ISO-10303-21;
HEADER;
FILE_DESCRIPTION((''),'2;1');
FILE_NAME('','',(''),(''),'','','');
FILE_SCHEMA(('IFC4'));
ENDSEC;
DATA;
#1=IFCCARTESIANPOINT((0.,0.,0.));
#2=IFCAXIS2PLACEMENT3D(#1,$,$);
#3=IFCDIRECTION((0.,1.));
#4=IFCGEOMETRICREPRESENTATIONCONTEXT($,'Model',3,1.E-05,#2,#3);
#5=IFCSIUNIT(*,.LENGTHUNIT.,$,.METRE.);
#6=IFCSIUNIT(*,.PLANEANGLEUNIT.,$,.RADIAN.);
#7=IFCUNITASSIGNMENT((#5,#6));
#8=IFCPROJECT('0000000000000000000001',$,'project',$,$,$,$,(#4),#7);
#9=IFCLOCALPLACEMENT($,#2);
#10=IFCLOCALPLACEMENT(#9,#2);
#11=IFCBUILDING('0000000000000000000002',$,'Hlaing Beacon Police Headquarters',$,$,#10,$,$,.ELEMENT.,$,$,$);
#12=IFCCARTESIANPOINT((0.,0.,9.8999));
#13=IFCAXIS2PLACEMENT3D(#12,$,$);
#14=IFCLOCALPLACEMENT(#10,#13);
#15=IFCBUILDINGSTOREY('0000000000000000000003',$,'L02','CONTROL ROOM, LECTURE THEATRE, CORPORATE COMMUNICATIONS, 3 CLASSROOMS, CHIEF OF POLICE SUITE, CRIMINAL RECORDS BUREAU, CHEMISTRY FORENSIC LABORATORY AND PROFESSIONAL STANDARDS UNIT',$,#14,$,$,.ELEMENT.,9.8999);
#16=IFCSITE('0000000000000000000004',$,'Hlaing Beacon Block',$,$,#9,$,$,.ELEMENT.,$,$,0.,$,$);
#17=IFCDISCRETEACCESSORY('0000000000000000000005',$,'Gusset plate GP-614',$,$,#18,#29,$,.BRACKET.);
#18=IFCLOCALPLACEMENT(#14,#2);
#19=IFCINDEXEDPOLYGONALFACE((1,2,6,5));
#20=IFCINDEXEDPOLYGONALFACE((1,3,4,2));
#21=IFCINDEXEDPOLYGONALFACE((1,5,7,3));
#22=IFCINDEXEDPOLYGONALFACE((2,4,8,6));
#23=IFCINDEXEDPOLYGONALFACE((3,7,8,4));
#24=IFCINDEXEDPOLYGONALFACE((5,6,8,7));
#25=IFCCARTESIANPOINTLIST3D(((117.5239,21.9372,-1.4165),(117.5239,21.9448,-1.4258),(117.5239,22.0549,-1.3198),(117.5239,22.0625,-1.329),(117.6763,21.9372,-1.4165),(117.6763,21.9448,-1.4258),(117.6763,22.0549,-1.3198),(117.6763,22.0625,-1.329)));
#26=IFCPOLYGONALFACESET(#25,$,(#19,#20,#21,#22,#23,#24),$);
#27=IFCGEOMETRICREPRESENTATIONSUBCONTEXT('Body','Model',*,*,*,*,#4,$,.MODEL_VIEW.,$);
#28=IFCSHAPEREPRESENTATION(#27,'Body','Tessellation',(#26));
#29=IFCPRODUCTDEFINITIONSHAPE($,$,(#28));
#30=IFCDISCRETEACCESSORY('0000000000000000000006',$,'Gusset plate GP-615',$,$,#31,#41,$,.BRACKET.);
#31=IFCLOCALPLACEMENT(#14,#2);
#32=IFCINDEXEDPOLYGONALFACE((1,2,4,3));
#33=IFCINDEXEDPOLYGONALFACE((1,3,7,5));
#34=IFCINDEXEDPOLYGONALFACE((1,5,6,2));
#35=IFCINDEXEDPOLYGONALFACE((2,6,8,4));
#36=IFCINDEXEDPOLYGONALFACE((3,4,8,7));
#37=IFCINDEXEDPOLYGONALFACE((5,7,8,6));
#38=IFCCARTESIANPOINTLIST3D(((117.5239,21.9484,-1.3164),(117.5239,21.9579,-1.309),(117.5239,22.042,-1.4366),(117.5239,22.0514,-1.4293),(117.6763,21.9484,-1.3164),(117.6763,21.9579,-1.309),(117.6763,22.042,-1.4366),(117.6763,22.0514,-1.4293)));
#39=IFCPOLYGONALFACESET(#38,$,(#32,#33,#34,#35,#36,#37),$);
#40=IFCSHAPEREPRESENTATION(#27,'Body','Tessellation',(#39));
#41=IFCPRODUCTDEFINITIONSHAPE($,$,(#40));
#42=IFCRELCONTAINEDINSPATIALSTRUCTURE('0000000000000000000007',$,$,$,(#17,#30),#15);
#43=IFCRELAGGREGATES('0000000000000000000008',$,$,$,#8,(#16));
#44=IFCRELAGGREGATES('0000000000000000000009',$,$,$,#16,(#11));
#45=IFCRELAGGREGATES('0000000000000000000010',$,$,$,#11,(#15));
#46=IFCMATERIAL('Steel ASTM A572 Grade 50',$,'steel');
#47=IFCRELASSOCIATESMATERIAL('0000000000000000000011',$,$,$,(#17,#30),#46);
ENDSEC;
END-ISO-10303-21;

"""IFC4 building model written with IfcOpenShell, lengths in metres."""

from ifc_helpers import new_model, si_unit, direction, frame, origin, origin_2d, place, context, subcontext, project, spatial, rectangle, extrude, material, element, save


model = new_model("IFC4")

# Units and contexts
model_context = context("Model", 3, precision=1e-05, world=origin(), true_north=direction((0.0, 1.0)))
body_context = subcontext(model_context, "Body", "Model", "MODEL_VIEW")
ifc_project = project(units=[si_unit("LENGTHUNIT", "METRE"), si_unit("PLANEANGLEUNIT", "RADIAN")], contexts=[model_context])

# Site, building, storey
site_placement = place(None, origin())
site = spatial("IfcSite", under=ifc_project, at=site_placement, Name="Hlaing Beacon Block", CompositionType="ELEMENT", RefElevation=0.0)
building_placement = place(site_placement, origin())
building = spatial("IfcBuilding", under=site, at=building_placement, Name="Hlaing Beacon Police Headquarters", CompositionType="ELEMENT")
storey_placement = place(building_placement, frame((0.0, 0.0, 9.8999)))
storey = spatial("IfcBuildingStorey", under=building, at=storey_placement, Name="L02", Description="CONTROL ROOM, LECTURE THEATRE, CORPORATE COMMUNICATIONS, 3 CLASSROOMS, CHIEF OF POLICE SUITE, CRIMINAL RECORDS BUREAU, CHEMISTRY FORENSIC LABORATORY AND PROFESSIONAL STANDARDS UNIT", CompositionType="ELEMENT", Elevation=9.8999)

# Discrete accessories
ifc_material_1 = material(Name="Steel ASTM A572 Grade 50", Category="steel")
for number, where, z_axis, x_axis, name in (
    (1, (117.6001, 21.9961, -1.3682), (0.0, 0.634949, -0.772554), (-1.0, 0.0, 0.0), "Gusset plate GP-614"),
    (2, (117.6001, 22.0046, -1.3691), (0.0, -0.78927, -0.614046), (1.0, 0.0, 0.0), "Gusset plate GP-615"),
):
    element("IfcDiscreteAccessory", number, at=place(storey_placement, frame(where, z_axis=z_axis, x_axis=x_axis)), inside=storey, material=ifc_material_1, Name=name, PredefinedType="BRACKET", context=body_context, shape_type="SweptSolid", body=[
        extrude(rectangle(XDim=0.1523, YDim=0.1523, at=origin_2d()), origin(), (0.0, 0.0, 1.0), 0.012),
    ])

save(model, "model.ifc")
